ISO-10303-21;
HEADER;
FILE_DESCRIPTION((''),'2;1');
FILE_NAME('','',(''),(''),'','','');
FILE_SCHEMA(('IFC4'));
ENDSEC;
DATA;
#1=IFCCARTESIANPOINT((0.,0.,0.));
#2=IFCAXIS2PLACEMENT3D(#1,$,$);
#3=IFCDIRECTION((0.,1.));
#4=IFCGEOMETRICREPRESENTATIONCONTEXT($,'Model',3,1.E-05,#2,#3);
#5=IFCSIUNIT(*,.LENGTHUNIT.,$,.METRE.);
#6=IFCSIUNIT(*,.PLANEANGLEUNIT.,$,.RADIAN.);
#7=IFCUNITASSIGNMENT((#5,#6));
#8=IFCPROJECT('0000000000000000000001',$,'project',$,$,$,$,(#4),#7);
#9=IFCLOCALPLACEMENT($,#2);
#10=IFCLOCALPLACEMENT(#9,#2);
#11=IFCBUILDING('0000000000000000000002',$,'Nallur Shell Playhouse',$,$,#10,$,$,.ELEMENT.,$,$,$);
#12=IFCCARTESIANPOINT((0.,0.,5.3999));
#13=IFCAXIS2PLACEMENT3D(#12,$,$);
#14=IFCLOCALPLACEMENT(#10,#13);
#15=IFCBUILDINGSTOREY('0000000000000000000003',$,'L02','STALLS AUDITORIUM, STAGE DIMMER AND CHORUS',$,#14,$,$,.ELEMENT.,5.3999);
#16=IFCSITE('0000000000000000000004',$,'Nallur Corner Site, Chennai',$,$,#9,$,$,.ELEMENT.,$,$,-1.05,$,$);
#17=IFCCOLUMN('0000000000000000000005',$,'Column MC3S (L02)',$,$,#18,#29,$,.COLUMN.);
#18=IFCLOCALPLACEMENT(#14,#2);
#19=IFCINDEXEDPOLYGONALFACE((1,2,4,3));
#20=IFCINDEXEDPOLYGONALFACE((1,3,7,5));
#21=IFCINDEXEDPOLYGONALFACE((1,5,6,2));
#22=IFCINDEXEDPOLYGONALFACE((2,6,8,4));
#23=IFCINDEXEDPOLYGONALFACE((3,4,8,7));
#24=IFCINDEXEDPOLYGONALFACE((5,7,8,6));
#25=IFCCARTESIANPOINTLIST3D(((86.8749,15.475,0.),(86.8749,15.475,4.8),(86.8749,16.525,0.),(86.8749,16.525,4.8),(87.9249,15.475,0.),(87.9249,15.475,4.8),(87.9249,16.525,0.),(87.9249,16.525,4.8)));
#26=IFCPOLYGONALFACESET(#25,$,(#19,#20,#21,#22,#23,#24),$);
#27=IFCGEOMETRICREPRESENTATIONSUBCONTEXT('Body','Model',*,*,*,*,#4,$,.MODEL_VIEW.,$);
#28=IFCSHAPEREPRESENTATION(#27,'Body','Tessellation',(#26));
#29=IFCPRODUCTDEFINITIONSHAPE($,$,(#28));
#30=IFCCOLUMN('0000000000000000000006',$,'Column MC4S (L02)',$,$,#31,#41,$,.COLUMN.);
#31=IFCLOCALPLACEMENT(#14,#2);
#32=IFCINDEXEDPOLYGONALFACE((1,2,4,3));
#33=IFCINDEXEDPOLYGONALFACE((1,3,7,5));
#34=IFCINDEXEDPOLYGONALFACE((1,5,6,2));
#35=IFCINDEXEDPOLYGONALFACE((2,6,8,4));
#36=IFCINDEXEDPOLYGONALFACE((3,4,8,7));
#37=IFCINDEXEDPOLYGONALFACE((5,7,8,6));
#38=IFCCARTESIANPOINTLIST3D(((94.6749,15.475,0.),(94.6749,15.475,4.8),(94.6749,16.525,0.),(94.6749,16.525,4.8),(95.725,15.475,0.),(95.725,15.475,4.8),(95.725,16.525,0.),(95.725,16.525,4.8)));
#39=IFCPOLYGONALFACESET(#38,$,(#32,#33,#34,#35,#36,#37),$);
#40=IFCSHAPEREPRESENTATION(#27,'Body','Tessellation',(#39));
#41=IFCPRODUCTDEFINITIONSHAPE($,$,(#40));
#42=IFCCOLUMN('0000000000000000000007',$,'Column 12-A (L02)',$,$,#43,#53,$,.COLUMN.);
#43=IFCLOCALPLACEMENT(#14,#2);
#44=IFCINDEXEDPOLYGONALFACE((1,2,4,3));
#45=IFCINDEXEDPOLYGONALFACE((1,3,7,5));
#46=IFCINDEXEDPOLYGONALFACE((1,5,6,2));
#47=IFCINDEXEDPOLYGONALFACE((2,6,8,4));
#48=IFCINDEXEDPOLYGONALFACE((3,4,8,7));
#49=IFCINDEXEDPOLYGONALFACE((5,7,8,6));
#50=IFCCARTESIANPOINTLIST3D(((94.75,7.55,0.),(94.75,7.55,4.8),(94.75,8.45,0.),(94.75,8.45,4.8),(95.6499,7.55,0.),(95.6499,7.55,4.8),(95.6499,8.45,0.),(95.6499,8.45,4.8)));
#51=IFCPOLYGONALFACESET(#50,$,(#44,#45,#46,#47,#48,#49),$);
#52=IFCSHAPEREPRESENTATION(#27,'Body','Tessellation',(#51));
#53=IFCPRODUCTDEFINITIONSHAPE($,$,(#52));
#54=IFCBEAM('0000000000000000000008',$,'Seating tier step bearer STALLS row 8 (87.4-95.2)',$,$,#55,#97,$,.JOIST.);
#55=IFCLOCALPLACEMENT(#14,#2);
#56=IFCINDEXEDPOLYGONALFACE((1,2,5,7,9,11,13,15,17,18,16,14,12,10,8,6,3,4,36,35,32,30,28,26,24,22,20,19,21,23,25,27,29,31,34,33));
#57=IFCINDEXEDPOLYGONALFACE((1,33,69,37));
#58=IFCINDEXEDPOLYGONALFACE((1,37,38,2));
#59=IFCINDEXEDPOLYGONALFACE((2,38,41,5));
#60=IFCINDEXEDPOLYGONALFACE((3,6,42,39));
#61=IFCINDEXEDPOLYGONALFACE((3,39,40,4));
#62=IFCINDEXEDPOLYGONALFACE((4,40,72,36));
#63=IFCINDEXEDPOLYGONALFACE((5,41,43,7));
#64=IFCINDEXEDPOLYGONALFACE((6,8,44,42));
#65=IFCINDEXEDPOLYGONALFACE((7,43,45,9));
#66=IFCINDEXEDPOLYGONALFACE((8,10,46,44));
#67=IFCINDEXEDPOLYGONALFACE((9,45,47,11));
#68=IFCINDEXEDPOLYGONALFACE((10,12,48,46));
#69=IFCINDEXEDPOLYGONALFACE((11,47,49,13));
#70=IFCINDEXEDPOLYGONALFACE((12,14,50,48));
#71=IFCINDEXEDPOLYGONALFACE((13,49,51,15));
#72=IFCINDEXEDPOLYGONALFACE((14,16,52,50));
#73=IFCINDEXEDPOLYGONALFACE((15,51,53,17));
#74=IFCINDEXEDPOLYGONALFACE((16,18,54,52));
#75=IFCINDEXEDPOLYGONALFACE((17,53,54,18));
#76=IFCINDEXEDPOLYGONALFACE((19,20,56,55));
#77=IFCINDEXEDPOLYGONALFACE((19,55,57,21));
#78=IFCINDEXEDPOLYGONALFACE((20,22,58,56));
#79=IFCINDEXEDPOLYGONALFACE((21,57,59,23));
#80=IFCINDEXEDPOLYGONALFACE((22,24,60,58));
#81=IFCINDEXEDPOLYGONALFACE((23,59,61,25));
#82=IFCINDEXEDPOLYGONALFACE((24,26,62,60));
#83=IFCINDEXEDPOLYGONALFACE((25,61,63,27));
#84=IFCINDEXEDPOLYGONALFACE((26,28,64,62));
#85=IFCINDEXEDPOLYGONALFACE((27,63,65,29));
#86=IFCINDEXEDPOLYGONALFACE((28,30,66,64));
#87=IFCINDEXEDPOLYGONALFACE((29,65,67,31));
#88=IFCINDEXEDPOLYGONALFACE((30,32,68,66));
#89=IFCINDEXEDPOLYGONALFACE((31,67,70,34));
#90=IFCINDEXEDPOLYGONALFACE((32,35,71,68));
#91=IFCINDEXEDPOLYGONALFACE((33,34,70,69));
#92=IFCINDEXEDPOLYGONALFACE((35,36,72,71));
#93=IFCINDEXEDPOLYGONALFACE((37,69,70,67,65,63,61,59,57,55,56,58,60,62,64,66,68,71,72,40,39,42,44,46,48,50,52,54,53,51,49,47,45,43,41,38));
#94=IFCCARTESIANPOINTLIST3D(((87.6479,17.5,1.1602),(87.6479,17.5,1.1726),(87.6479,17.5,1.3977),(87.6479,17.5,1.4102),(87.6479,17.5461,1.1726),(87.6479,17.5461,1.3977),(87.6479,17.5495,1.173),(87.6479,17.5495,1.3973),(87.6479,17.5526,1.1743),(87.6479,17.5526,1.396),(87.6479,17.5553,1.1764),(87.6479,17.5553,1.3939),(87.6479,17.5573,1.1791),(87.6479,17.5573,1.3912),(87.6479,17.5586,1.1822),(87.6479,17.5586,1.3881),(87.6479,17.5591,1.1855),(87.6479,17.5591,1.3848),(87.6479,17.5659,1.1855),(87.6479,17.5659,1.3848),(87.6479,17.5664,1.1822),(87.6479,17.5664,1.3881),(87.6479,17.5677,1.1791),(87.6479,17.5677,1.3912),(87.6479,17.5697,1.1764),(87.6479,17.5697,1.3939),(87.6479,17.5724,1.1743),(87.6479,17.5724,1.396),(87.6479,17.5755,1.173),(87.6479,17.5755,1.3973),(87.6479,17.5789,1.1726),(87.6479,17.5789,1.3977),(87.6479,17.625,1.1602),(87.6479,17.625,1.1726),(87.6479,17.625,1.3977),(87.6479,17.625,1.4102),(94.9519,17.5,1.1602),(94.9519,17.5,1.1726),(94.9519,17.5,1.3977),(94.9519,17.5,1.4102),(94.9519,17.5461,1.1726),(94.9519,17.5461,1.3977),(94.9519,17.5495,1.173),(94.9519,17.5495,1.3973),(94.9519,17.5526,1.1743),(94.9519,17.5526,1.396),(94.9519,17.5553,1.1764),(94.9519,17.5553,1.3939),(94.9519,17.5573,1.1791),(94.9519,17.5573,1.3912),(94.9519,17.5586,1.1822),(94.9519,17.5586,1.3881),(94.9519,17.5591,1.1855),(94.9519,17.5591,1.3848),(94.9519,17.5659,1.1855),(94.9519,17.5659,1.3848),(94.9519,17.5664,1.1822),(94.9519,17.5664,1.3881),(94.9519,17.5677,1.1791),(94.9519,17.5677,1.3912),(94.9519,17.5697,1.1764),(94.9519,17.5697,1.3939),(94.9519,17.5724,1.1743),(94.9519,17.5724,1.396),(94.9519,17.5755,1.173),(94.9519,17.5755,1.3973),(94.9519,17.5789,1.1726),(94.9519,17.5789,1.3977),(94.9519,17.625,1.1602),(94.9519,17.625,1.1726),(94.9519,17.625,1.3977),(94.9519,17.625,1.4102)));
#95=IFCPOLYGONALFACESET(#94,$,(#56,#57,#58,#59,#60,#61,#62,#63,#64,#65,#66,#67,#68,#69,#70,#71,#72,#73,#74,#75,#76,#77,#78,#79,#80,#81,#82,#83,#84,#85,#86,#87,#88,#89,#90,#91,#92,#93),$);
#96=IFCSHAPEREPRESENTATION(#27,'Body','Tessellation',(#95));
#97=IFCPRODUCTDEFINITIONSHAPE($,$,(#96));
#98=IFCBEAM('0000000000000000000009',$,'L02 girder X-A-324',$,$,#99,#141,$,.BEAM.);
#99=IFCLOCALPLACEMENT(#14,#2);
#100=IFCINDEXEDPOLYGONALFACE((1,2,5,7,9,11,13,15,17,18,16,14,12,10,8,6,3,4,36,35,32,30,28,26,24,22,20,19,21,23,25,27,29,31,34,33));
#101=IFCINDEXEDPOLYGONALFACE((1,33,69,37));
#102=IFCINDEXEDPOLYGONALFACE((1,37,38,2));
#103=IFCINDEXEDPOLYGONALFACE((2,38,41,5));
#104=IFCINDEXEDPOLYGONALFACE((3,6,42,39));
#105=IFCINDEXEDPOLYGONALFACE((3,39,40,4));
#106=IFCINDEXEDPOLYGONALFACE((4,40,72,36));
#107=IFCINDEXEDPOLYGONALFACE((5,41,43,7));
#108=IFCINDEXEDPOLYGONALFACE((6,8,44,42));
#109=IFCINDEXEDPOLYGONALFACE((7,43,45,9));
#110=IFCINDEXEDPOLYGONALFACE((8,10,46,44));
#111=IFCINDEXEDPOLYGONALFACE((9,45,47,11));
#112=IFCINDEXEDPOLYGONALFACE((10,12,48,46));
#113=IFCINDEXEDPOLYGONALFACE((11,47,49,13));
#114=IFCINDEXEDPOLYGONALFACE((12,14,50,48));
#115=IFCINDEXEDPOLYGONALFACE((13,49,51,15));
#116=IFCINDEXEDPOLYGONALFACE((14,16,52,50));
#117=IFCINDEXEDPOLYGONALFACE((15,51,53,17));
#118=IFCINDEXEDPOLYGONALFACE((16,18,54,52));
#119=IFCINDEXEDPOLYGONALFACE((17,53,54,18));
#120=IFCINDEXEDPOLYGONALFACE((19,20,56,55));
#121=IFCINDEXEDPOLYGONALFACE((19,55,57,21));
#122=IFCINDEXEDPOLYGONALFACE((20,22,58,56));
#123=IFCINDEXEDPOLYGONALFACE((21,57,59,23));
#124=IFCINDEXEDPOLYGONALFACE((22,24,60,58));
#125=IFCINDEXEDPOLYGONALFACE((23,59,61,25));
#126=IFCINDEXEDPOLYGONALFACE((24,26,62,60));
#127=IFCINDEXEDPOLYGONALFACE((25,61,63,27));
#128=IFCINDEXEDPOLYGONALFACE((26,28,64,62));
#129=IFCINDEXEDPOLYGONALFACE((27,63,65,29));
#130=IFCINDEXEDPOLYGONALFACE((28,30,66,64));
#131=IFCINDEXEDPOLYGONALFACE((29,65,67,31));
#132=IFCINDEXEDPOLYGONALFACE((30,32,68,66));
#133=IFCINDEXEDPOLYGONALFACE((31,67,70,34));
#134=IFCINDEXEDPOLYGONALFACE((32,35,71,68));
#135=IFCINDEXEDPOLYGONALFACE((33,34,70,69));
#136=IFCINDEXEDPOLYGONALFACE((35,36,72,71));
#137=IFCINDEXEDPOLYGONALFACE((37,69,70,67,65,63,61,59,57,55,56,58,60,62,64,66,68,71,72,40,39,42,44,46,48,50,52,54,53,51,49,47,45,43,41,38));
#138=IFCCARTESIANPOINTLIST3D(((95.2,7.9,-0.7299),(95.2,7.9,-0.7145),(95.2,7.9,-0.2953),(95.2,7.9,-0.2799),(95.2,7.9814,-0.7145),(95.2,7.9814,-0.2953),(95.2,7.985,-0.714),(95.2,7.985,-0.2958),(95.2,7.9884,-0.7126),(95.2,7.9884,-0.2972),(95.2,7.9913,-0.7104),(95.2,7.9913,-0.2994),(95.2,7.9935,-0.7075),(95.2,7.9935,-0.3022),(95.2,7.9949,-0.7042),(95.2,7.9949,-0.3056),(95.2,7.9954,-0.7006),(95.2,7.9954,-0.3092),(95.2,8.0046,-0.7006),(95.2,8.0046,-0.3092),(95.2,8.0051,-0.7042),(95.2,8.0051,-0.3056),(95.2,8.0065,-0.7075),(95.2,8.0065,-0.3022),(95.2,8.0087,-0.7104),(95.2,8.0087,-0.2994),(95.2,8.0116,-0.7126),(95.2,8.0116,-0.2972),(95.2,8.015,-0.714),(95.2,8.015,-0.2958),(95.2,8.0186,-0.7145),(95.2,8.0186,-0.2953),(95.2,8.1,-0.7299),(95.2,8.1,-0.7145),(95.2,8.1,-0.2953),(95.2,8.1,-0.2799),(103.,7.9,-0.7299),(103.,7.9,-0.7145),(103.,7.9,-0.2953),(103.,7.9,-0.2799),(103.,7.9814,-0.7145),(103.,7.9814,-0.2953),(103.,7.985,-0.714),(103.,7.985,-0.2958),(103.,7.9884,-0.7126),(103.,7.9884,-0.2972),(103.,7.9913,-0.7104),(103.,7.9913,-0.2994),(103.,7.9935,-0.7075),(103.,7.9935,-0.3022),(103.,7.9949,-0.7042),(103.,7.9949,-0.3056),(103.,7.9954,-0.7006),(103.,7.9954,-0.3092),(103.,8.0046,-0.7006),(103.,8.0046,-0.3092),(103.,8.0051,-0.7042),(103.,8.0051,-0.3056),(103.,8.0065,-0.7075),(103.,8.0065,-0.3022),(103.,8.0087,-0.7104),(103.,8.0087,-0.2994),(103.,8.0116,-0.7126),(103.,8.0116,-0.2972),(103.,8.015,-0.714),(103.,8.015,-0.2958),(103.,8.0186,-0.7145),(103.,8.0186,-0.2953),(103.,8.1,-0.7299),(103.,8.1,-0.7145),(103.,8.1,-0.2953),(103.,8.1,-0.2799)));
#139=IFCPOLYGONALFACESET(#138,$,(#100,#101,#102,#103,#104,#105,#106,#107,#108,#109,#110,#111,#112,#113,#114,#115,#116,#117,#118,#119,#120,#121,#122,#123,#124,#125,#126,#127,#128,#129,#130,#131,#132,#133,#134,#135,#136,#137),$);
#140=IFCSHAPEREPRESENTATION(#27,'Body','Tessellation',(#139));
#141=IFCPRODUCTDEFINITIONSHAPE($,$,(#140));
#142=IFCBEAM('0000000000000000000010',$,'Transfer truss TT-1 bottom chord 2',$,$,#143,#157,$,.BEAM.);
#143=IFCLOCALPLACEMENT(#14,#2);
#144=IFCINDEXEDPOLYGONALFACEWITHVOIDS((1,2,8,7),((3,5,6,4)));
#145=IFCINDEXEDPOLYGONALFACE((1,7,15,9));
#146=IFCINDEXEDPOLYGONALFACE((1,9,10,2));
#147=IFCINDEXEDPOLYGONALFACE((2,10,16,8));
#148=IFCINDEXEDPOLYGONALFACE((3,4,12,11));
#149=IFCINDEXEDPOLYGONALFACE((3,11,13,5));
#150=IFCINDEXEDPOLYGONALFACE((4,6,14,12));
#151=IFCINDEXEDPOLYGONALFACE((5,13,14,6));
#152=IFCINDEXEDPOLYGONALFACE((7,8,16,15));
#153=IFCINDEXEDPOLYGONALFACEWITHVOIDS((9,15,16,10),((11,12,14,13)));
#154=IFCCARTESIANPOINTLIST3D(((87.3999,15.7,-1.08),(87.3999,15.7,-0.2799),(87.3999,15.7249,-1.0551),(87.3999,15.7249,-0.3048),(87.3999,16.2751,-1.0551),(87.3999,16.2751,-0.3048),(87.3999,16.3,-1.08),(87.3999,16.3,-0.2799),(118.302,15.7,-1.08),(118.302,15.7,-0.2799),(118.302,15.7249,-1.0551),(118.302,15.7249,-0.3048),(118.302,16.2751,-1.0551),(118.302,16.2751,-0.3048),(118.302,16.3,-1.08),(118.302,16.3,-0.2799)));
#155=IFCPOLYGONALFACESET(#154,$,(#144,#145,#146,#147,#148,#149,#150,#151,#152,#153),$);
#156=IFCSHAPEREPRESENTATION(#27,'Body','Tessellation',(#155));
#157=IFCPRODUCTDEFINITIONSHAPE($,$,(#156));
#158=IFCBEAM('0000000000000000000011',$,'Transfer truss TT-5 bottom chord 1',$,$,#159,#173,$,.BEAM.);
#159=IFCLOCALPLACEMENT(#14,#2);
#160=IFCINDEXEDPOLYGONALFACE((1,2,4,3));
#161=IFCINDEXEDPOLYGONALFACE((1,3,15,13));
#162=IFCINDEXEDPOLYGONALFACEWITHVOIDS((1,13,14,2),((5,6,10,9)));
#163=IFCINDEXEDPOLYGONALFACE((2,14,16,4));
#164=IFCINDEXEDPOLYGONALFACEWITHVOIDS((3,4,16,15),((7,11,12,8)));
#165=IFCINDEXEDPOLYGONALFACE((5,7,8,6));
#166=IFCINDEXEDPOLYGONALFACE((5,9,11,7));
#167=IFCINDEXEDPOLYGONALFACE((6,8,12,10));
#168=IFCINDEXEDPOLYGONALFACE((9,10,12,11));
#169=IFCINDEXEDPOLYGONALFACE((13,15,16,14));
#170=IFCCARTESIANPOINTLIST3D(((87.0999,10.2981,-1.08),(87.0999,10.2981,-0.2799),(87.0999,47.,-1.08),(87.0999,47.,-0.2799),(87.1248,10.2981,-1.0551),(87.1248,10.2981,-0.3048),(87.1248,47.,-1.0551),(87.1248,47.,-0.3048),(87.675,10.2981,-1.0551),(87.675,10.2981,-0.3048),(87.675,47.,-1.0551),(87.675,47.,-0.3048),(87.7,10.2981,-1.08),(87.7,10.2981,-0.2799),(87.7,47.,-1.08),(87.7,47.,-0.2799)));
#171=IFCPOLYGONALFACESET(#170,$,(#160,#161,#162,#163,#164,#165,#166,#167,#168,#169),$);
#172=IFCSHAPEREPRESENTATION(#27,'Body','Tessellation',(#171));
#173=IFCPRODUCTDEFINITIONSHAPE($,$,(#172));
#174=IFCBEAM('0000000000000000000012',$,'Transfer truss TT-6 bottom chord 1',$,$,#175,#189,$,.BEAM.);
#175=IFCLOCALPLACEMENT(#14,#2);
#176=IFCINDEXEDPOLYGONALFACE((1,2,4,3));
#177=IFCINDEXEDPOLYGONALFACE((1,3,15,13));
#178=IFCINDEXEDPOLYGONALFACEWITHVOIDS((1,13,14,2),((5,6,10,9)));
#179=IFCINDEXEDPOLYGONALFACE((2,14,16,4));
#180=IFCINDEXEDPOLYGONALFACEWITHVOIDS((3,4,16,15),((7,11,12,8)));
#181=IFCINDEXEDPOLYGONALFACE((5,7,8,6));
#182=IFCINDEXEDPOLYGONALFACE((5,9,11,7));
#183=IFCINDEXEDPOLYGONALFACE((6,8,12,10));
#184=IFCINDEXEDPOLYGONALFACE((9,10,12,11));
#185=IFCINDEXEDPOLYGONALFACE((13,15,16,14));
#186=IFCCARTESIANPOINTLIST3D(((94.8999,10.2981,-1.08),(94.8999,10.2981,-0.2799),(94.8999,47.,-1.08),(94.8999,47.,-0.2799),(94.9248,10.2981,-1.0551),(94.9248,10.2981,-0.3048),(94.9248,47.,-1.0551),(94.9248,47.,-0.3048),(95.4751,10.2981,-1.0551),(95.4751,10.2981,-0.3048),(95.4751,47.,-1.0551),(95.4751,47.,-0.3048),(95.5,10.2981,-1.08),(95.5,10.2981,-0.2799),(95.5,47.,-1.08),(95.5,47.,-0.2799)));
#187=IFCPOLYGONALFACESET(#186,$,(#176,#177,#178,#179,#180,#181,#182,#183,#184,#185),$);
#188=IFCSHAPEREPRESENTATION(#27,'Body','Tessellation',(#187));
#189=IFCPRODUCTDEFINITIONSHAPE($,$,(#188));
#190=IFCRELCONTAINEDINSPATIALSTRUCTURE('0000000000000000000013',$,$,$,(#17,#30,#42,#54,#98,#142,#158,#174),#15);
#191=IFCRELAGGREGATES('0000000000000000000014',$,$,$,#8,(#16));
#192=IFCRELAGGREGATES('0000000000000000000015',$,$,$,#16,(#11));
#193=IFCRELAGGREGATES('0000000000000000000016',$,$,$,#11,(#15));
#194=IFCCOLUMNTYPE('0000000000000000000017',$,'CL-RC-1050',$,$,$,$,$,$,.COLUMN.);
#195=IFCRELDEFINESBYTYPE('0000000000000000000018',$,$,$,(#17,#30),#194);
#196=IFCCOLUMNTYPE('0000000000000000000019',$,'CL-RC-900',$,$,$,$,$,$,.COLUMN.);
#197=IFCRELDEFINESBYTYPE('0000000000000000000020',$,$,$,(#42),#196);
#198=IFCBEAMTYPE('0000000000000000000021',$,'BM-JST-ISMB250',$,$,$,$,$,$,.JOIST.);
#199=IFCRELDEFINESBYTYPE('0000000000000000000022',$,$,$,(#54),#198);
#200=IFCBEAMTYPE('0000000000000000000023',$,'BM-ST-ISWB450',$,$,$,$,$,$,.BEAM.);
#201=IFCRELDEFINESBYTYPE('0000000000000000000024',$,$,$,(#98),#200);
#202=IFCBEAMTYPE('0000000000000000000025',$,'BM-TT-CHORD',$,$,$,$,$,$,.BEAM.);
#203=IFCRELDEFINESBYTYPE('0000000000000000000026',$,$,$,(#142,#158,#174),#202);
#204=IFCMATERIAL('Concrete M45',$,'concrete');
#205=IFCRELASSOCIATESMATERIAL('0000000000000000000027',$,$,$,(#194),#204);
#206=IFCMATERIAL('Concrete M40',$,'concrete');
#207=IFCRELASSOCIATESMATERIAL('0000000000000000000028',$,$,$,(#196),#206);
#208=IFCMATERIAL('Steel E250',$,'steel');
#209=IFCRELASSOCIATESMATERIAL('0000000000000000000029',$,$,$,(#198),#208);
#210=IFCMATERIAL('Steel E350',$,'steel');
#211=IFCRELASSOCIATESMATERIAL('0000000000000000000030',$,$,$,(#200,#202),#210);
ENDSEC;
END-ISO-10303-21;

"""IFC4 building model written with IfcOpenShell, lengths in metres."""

from ifc_helpers import new_model, si_unit, direction, frame, origin, origin_2d, place, context, subcontext, project, spatial, rectangle, hollow_rectangle, i_section, extrude, material, material_profile, profile_set, type_object, element, save


model = new_model("IFC4")

# Units and contexts
model_context = context("Model", 3, precision=1e-05, world=origin(), true_north=direction((0.0, 1.0)))
body_context = subcontext(model_context, "Body", "Model", "MODEL_VIEW")
ifc_project = project(units=[si_unit("LENGTHUNIT", "METRE"), si_unit("PLANEANGLEUNIT", "RADIAN")], contexts=[model_context])

# Site, building, storey
site_placement = place(None, origin())
site = spatial("IfcSite", under=ifc_project, at=site_placement, Name="Nallur Corner Site, Chennai", CompositionType="ELEMENT", RefElevation=-1.05)
building_placement = place(site_placement, origin())
building = spatial("IfcBuilding", under=site, at=building_placement, Name="Nallur Shell Playhouse", CompositionType="ELEMENT")
storey_placement = place(building_placement, frame((0.0, 0.0, 5.3999)))
storey = spatial("IfcBuildingStorey", under=building, at=storey_placement, Name="L02", Description="STALLS AUDITORIUM, STAGE DIMMER AND CHORUS", CompositionType="ELEMENT", Elevation=5.3999)

# Columns
ifc_material_1 = material(Name="Concrete M45", Category="concrete")
ifc_material_profile_1 = material_profile(ifc_material_1, rectangle(XDim=1.05, YDim=1.05, at=origin_2d()), Name="RC 1050x1050")
ifc_profile_set_1 = profile_set([ifc_material_profile_1], Name="Concrete M45")
column_type_1 = type_object("IfcColumnType", Name="CL-RC-1050", PredefinedType="COLUMN", material=ifc_profile_set_1)
for number, where, z_axis, x_axis, name in (
    (1, (87.3999, 16.0, 0.0), (0.0, 0.0, 1.0), (1.0, 0.0, 0.0), "Column MC3S (L02)"),
    (2, (95.2, 16.0, 0.0), (0.0, 0.0, 1.0), (1.0, 0.0, 0.0), "Column MC4S (L02)"),
):
    element("IfcColumn", number, at=place(storey_placement, frame(where, z_axis=z_axis, x_axis=x_axis)), inside=storey, type_object=column_type_1, Name=name, PredefinedType="COLUMN", context=body_context, shape_type="SweptSolid", body=[
        extrude(rectangle(XDim=1.05, YDim=1.05, at=origin_2d()), origin(), (0.0, 0.0, 1.0), 4.8),
    ])
ifc_material_2 = material(Name="Concrete M40", Category="concrete")
ifc_material_profile_2 = material_profile(ifc_material_2, rectangle(XDim=0.8999, YDim=0.8999, at=origin_2d()), Name="RC 900x900")
ifc_profile_set_2 = profile_set([ifc_material_profile_2], Name="Concrete M40")
column_type_2 = type_object("IfcColumnType", Name="CL-RC-900", PredefinedType="COLUMN", material=ifc_profile_set_2)
column_placement = place(storey_placement, frame((95.2, 8.0, 0.0), z_axis=(0.0, 0.0, 1.0), x_axis=(1.0, 0.0, 0.0)))
element("IfcColumn", 3, at=column_placement, inside=storey, type_object=column_type_2, Name="Column 12-A (L02)", PredefinedType="COLUMN", context=body_context, shape_type="SweptSolid", body=[
    extrude(rectangle(XDim=0.8999, YDim=0.8999, at=origin_2d()), origin(), (0.0, 0.0, 1.0), 4.8),
])

# Beams
ifc_material_3 = material(Name="Steel E250", Category="steel")
ifc_material_profile_3 = material_profile(ifc_material_3, i_section(OverallWidth=0.125, OverallDepth=0.25, WebThickness=0.0068, FlangeThickness=0.0125, FilletRadius=0.0129, at=origin_2d()), Name="ISMB 250")
ifc_profile_set_3 = profile_set([ifc_material_profile_3], Name="Steel E250")
beam_type_1 = type_object("IfcBeamType", Name="BM-JST-ISMB250", PredefinedType="JOIST", material=ifc_profile_set_3)
beam_1_placement = place(storey_placement, frame((87.6479, 17.5625, 1.2852), z_axis=(1.0, 0.0, 0.0), x_axis=(0.0, 1.0, 0.0)))
element("IfcBeam", 4, at=beam_1_placement, inside=storey, type_object=beam_type_1, Name="Seating tier step bearer STALLS row 8 (87.4-95.2)", PredefinedType="JOIST", context=body_context, shape_type="SweptSolid", body=[
    extrude(i_section(OverallWidth=0.125, OverallDepth=0.25, WebThickness=0.0068, FlangeThickness=0.0125, FilletRadius=0.0129, at=origin_2d()), origin(), (0.0, 0.0, 1.0), 7.304),
])
ifc_material_4 = material(Name="Steel E350", Category="steel")
ifc_material_profile_4 = material_profile(ifc_material_4, i_section(OverallWidth=0.2, OverallDepth=0.45, WebThickness=0.0093, FlangeThickness=0.0154, FilletRadius=0.0139, at=origin_2d()), Name="ISWB 450")
ifc_profile_set_4 = profile_set([ifc_material_profile_4], Name="Steel E350")
beam_type_2 = type_object("IfcBeamType", Name="BM-ST-ISWB450", PredefinedType="BEAM", material=ifc_profile_set_4)
beam_2_placement = place(storey_placement, frame((95.2, 8.0, -0.5049), z_axis=(1.0, 0.0, 0.0), x_axis=(0.0, 1.0, 0.0)))
element("IfcBeam", 5, at=beam_2_placement, inside=storey, type_object=beam_type_2, Name="L02 girder X-A-324", PredefinedType="BEAM", context=body_context, shape_type="SweptSolid", body=[
    extrude(i_section(OverallWidth=0.2, OverallDepth=0.45, WebThickness=0.0093, FlangeThickness=0.0154, FilletRadius=0.0139, at=origin_2d()), origin(), (0.0, 0.0, 1.0), 7.8),
])
ifc_material_profile_5 = material_profile(ifc_material_4, hollow_rectangle(XDim=0.6001, YDim=0.8, WallThickness=0.0249, at=origin_2d()), Name="BOX 600x800x25")
ifc_profile_set_5 = profile_set([ifc_material_profile_5], Name="Steel E350")
beam_type_3 = type_object("IfcBeamType", Name="BM-TT-CHORD", PredefinedType="BEAM", material=ifc_profile_set_5)
beam_3_placement = place(storey_placement, frame((87.3999, 16.0, -0.6799), z_axis=(1.0, 0.0, 0.0), x_axis=(0.0, 1.0, 0.0)))
element("IfcBeam", 6, at=beam_3_placement, inside=storey, type_object=beam_type_3, Name="Transfer truss TT-1 bottom chord 2", PredefinedType="BEAM", context=body_context, shape_type="SweptSolid", body=[
    extrude(hollow_rectangle(XDim=0.6001, YDim=0.8, WallThickness=0.0249, at=origin_2d()), origin(), (0.0, 0.0, 1.0), 30.9021),
])
for number, where, z_axis, x_axis, name in (
    (7, (87.3999, 10.2981, -0.6799), (0.0, 1.0, 0.0), (-1.0, 0.0, 0.0), "Transfer truss TT-5 bottom chord 1"),
    (8, (95.2, 10.2981, -0.6799), (0.0, 1.0, 0.0), (-1.0, 0.0, 0.0), "Transfer truss TT-6 bottom chord 1"),
):
    element("IfcBeam", number, at=place(storey_placement, frame(where, z_axis=z_axis, x_axis=x_axis)), inside=storey, type_object=beam_type_3, Name=name, PredefinedType="BEAM", context=body_context, shape_type="SweptSolid", body=[
        extrude(hollow_rectangle(XDim=0.6001, YDim=0.8, WallThickness=0.0249, at=origin_2d()), origin(), (0.0, 0.0, 1.0), 36.7019),
    ])

save(model, "model.ifc")
